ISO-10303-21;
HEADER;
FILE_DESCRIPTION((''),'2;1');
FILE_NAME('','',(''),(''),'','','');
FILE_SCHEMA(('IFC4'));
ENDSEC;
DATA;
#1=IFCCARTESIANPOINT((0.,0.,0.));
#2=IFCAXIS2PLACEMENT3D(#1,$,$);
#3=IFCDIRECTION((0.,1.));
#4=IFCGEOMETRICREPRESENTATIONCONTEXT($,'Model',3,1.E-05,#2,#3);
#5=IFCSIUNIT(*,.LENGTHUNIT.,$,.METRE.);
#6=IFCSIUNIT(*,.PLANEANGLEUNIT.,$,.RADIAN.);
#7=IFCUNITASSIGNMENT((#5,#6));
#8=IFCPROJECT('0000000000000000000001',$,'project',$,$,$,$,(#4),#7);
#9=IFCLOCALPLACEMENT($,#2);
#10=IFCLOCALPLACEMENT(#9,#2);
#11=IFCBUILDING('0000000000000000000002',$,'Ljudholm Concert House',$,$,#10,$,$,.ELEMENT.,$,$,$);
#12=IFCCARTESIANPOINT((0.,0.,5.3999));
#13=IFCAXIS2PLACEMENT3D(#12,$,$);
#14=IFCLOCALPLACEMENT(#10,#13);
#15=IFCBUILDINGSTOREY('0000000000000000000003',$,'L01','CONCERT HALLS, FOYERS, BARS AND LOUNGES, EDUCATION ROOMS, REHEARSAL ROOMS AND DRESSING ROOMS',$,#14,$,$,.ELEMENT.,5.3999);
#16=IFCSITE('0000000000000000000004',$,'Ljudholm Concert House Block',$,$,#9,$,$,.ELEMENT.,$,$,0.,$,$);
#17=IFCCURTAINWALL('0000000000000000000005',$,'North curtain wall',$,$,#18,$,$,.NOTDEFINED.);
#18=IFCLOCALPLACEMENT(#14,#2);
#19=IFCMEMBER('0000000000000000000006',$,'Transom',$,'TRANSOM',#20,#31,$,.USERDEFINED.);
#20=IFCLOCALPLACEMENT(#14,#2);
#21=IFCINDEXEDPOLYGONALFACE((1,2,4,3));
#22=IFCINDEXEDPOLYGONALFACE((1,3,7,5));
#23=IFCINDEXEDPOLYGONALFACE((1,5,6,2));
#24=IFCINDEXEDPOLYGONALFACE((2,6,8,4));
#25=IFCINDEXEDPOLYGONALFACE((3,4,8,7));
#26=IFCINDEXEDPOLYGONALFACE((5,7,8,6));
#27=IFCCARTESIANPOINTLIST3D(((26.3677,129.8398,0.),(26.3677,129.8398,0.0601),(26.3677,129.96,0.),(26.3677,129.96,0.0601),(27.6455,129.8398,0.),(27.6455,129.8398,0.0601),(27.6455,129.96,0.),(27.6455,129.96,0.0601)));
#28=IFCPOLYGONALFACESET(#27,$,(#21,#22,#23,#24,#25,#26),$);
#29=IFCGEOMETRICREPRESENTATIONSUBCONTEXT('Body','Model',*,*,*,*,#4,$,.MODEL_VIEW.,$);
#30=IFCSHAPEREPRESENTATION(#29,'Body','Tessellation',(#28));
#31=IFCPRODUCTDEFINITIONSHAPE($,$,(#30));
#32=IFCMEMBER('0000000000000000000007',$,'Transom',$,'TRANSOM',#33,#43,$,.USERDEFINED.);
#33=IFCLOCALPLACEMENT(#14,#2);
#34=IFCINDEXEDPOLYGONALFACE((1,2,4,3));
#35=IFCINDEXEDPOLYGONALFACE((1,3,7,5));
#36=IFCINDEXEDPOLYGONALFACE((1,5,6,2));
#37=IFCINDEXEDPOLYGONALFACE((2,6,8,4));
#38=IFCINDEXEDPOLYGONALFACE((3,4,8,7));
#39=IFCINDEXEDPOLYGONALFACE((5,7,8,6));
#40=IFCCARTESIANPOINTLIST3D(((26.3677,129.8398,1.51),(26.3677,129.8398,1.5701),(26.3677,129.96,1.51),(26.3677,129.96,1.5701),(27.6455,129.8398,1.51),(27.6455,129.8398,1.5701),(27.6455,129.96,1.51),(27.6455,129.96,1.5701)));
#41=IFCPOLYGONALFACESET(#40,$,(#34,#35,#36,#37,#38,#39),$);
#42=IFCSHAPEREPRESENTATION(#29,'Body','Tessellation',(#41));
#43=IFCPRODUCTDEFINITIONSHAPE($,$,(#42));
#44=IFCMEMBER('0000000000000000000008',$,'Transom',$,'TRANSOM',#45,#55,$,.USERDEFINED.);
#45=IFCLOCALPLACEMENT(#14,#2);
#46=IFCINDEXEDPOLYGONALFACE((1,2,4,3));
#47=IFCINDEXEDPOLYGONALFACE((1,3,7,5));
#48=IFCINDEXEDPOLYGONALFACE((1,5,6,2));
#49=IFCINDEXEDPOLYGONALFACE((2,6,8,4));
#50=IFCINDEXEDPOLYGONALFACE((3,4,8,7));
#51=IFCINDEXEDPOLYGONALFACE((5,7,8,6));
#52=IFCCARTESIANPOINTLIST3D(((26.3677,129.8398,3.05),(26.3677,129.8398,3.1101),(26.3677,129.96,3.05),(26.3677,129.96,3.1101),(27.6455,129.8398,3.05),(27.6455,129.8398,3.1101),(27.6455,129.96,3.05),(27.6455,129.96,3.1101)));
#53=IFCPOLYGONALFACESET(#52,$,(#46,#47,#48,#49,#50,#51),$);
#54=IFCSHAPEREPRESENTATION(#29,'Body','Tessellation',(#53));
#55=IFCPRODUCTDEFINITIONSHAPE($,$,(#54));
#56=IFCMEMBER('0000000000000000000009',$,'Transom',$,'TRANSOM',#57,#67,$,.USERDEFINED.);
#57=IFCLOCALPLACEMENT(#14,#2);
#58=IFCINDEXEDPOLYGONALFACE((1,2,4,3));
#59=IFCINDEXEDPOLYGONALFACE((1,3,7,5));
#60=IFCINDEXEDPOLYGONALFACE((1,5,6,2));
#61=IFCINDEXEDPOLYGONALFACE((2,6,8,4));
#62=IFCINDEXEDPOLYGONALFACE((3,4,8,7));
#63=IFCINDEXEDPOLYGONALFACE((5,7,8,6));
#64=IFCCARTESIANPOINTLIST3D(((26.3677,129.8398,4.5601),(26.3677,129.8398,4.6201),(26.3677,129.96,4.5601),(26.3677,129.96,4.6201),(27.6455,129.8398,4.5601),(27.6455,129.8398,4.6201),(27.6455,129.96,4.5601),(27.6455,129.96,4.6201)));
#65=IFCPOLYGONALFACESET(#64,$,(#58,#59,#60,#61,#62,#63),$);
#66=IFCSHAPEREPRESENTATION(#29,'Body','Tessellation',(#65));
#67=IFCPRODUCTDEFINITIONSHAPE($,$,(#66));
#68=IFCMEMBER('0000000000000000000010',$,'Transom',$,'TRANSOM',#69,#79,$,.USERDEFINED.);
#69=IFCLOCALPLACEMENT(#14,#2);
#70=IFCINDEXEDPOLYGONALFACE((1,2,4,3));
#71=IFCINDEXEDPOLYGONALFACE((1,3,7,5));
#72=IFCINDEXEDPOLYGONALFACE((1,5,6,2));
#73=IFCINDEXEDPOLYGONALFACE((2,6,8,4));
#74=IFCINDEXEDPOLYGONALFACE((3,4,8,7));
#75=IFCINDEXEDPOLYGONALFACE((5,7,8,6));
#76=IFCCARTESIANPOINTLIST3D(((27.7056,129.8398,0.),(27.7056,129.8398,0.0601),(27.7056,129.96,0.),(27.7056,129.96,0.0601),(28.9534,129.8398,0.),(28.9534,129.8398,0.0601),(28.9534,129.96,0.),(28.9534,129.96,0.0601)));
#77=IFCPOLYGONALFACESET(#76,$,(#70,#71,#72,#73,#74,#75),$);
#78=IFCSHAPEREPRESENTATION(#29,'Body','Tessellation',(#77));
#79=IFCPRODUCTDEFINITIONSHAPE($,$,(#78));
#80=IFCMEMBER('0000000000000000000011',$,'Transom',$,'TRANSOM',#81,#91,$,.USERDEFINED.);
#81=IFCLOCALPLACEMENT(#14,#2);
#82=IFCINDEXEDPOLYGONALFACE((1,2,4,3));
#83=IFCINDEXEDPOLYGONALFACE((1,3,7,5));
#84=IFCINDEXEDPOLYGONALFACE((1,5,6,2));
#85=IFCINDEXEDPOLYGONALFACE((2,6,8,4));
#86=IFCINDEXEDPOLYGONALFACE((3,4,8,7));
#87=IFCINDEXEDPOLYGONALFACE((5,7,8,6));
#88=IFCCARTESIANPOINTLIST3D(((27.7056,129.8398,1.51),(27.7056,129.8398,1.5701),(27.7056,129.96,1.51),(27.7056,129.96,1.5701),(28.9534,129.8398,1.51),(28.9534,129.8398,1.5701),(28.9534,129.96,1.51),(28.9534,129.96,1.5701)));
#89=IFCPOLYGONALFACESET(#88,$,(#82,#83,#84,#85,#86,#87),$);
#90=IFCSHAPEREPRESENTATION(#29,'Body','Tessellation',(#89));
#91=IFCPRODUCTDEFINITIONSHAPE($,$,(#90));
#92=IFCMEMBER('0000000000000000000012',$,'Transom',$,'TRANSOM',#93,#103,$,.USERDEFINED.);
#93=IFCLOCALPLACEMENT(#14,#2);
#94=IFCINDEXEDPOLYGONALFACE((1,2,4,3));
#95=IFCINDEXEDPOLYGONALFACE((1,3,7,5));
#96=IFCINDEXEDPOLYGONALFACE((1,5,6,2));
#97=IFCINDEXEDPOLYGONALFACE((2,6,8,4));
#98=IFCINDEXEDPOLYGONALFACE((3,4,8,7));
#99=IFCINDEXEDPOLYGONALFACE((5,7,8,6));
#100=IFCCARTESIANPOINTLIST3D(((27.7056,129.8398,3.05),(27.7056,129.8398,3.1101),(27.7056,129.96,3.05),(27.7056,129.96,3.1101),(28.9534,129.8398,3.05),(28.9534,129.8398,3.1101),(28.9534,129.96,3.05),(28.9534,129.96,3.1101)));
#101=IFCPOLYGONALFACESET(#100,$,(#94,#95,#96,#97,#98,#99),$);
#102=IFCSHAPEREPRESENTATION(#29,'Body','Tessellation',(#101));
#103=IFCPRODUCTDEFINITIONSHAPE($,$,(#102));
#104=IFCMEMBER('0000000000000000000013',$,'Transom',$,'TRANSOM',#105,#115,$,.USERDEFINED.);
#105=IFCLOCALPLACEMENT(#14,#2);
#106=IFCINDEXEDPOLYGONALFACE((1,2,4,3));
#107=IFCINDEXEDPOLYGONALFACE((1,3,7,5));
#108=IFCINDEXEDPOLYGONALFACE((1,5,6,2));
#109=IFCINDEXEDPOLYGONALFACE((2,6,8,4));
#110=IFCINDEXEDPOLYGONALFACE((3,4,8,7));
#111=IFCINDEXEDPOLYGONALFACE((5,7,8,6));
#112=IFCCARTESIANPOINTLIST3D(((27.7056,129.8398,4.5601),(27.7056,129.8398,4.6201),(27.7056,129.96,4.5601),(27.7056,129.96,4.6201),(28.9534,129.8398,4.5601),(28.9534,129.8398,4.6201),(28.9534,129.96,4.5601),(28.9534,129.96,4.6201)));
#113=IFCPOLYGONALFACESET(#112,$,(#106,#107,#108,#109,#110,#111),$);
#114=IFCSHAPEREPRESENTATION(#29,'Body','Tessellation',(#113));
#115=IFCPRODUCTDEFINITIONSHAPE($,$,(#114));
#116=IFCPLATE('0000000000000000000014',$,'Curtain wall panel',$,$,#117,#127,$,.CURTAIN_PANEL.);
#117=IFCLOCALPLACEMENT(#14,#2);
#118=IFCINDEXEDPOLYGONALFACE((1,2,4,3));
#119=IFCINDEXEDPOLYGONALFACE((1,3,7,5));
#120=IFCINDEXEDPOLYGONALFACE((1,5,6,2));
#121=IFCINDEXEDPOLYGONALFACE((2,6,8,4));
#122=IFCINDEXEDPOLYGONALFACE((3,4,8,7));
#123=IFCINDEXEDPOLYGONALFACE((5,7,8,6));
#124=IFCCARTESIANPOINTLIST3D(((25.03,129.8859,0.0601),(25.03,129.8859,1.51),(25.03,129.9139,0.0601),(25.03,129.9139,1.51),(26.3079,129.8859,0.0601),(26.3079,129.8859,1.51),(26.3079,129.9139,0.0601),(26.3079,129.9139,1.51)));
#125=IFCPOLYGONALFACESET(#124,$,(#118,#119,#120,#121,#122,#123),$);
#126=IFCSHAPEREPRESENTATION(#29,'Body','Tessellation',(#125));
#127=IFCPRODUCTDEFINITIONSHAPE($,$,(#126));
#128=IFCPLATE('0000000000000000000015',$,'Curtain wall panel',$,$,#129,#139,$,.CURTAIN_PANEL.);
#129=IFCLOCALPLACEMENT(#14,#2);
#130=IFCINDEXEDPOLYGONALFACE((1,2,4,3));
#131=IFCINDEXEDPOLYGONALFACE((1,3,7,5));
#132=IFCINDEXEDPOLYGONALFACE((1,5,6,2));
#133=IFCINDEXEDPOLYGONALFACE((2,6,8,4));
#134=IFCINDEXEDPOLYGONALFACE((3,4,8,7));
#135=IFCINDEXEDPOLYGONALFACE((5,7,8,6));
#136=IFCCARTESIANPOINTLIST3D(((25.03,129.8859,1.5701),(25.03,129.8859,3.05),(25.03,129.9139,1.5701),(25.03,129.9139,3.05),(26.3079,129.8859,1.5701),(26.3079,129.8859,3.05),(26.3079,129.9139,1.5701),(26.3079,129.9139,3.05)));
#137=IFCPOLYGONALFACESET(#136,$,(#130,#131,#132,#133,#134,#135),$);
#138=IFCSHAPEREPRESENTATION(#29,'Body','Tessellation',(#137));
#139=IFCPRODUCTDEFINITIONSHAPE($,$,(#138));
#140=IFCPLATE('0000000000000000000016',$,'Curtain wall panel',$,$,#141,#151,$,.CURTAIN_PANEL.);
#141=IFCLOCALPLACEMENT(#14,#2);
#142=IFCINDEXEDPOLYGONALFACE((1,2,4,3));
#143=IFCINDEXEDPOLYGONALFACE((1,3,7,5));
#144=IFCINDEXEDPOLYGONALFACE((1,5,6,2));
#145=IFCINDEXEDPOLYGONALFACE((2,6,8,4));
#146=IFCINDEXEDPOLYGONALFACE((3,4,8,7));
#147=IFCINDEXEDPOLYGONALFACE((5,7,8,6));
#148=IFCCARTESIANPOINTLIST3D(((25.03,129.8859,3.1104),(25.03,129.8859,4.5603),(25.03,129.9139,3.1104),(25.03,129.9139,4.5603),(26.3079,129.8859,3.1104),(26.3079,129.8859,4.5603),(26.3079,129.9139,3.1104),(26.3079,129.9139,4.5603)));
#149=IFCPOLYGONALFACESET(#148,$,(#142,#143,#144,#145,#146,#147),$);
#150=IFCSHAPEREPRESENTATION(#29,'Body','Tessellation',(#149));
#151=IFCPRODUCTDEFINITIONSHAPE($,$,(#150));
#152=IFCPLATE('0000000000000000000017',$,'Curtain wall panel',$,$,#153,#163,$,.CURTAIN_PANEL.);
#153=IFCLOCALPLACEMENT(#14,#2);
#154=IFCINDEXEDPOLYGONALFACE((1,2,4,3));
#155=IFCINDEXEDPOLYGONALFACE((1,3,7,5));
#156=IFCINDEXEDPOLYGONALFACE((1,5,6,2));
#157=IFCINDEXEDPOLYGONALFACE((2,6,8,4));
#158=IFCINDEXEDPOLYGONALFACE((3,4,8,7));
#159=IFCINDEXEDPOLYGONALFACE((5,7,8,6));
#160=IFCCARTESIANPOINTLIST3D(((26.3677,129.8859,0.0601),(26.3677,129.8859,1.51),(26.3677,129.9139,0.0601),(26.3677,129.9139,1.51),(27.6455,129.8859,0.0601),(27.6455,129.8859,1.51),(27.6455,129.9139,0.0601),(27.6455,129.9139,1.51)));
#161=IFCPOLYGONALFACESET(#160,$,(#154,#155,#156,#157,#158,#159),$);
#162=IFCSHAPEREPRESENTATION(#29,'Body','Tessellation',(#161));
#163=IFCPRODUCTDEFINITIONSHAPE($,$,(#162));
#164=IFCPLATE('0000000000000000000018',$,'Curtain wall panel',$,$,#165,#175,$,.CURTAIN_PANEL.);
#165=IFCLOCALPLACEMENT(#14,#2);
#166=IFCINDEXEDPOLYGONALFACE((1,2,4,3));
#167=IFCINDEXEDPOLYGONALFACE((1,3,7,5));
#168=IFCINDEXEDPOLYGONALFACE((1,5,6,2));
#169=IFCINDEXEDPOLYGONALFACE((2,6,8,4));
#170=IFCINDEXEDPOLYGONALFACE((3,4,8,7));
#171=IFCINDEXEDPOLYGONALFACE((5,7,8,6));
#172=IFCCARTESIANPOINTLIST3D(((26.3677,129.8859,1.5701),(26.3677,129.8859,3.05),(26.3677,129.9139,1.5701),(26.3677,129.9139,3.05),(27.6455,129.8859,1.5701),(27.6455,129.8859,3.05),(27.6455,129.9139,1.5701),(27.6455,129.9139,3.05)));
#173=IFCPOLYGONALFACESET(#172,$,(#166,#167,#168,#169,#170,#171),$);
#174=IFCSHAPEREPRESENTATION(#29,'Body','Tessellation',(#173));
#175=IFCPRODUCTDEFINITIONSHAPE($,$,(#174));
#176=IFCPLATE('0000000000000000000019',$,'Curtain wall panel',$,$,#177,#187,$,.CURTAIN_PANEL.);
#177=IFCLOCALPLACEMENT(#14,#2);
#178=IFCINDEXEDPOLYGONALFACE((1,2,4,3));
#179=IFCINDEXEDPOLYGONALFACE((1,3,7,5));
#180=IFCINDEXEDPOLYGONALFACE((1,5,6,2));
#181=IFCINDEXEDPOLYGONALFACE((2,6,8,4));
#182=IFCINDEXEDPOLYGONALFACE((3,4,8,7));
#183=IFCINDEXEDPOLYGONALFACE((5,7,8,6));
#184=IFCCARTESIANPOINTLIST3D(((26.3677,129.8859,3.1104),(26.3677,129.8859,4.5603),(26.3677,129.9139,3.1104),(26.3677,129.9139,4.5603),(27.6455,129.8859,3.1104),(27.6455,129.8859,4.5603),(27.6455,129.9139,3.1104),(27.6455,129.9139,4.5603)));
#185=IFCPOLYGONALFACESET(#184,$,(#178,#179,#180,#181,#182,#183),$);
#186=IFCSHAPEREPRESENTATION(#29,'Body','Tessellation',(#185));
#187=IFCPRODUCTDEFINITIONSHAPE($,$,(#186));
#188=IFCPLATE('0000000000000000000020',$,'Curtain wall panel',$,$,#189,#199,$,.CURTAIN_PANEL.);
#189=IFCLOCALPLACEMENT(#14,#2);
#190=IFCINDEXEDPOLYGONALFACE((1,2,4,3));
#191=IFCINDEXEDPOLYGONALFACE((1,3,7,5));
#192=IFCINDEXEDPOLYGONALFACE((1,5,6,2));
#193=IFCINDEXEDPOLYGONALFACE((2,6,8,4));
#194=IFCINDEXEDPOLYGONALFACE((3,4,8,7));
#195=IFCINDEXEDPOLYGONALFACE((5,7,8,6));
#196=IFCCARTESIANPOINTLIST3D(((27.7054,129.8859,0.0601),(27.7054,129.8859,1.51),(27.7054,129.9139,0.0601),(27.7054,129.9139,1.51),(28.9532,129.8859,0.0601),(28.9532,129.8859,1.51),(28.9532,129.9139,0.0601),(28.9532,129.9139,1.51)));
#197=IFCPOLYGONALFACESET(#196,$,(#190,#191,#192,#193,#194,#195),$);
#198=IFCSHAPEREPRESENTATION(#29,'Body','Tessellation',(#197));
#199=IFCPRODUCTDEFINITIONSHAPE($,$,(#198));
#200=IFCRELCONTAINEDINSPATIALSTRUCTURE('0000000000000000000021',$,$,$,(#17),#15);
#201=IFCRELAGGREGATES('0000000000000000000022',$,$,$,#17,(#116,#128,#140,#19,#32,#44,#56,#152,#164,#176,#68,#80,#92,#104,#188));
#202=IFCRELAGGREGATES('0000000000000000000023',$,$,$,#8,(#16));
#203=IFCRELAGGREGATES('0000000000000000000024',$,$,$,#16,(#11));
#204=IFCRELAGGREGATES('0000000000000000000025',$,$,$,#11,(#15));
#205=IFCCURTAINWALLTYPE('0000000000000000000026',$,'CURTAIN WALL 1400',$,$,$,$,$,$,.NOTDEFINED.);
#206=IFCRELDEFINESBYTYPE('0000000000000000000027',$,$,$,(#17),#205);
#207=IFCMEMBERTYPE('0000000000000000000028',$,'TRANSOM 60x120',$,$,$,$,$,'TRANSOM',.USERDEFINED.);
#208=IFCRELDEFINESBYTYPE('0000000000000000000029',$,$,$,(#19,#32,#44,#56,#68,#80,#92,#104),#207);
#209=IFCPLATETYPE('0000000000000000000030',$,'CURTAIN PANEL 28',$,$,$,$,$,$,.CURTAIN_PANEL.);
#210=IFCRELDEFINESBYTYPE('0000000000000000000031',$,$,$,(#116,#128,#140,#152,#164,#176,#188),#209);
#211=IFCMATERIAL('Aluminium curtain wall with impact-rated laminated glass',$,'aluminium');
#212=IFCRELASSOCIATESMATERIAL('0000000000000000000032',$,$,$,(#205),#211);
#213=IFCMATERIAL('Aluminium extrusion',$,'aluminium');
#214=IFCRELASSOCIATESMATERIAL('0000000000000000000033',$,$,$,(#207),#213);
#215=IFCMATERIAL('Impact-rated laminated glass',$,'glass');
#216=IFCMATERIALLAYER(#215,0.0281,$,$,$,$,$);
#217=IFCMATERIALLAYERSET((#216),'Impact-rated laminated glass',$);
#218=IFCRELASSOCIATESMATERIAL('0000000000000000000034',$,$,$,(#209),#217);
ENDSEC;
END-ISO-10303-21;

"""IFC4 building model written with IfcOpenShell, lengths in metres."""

from ifc_helpers import new_model, si_unit, direction, frame, origin, origin_2d, place, context, subcontext, project, spatial, rectangle, extrude, material, layer, layer_set, material_profile, profile_set, type_object, element, aggregate, save


model = new_model("IFC4")

# Units and contexts
model_context = context("Model", 3, precision=1e-05, world=origin(), true_north=direction((0.0, 1.0)))
body_context = subcontext(model_context, "Body", "Model", "MODEL_VIEW")
ifc_project = project(units=[si_unit("LENGTHUNIT", "METRE"), si_unit("PLANEANGLEUNIT", "RADIAN")], contexts=[model_context])

# Site, building, storey
site_placement = place(None, origin())
site = spatial("IfcSite", under=ifc_project, at=site_placement, Name="Ljudholm Concert House Block", CompositionType="ELEMENT", RefElevation=0.0)
building_placement = place(site_placement, origin())
building = spatial("IfcBuilding", under=site, at=building_placement, Name="Ljudholm Concert House", CompositionType="ELEMENT")
storey_placement = place(building_placement, frame((0.0, 0.0, 5.3999)))
storey = spatial("IfcBuildingStorey", under=building, at=storey_placement, Name="L01", Description="CONCERT HALLS, FOYERS, BARS AND LOUNGES, EDUCATION ROOMS, REHEARSAL ROOMS AND DRESSING ROOMS", CompositionType="ELEMENT", Elevation=5.3999)

# Curtain wall
ifc_material_1 = material(Name="Aluminium curtain wall with impact-rated laminated glass", Category="aluminium")
curtain_wall_type = type_object("IfcCurtainWallType", Name="CURTAIN WALL 1400", PredefinedType="NOTDEFINED", material=ifc_material_1)
curtain_wall_placement = place(storey_placement, origin())
curtain_wall = element("IfcCurtainWall", 1, at=curtain_wall_placement, inside=storey, type_object=curtain_wall_type, Name="North curtain wall", PredefinedType="NOTDEFINED")

# Members
ifc_material_2 = material(Name="Aluminium extrusion", Category="aluminium")
ifc_material_profile_1 = material_profile(ifc_material_2, rectangle(XDim=0.1201, YDim=0.0601, at=origin_2d()), Name="TRANSOM 60x120")
ifc_profile_set_1 = profile_set([ifc_material_profile_1], Name="Aluminium extrusion")
member_type_1 = type_object("IfcMemberType", Name="TRANSOM 60x120", ElementType="TRANSOM", PredefinedType="USERDEFINED", material=ifc_profile_set_1)
member_1_placement = place(storey_placement, frame((26.3677, 129.8999, 0.03), z_axis=(1.0, 0.0, 0.0), x_axis=(0.0, 1.0, 0.0)))
member_1 = element("IfcMember", 2, at=member_1_placement, type_object=member_type_1, Name="Transom", ObjectType="TRANSOM", PredefinedType="USERDEFINED", context=body_context, shape_type="SweptSolid", body=[
    extrude(rectangle(XDim=0.1201, YDim=0.0601, at=origin_2d()), origin(), (0.0, 0.0, 1.0), 1.2778),
])
member_2_placement = place(storey_placement, frame((26.3677, 129.8999, 1.54), z_axis=(1.0, 0.0, 0.0), x_axis=(0.0, 1.0, 0.0)))
member_2 = element("IfcMember", 3, at=member_2_placement, type_object=member_type_1, Name="Transom", ObjectType="TRANSOM", PredefinedType="USERDEFINED", context=body_context, shape_type="SweptSolid", body=[
    extrude(rectangle(XDim=0.1201, YDim=0.0601, at=origin_2d()), origin(), (0.0, 0.0, 1.0), 1.2778),
])
member_3_placement = place(storey_placement, frame((26.3677, 129.8999, 3.0801), z_axis=(1.0, 0.0, 0.0), x_axis=(0.0, 1.0, 0.0)))
member_3 = element("IfcMember", 4, at=member_3_placement, type_object=member_type_1, Name="Transom", ObjectType="TRANSOM", PredefinedType="USERDEFINED", context=body_context, shape_type="SweptSolid", body=[
    extrude(rectangle(XDim=0.1201, YDim=0.0601, at=origin_2d()), origin(), (0.0, 0.0, 1.0), 1.2778),
])
member_4_placement = place(storey_placement, frame((26.3677, 129.8999, 4.5901), z_axis=(1.0, 0.0, 0.0), x_axis=(0.0, 1.0, 0.0)))
member_4 = element("IfcMember", 5, at=member_4_placement, type_object=member_type_1, Name="Transom", ObjectType="TRANSOM", PredefinedType="USERDEFINED", context=body_context, shape_type="SweptSolid", body=[
    extrude(rectangle(XDim=0.1201, YDim=0.0601, at=origin_2d()), origin(), (0.0, 0.0, 1.0), 1.2778),
])
member_5_placement = place(storey_placement, frame((27.7056, 129.8999, 0.03), z_axis=(1.0, 0.0, 0.0), x_axis=(0.0, 1.0, 0.0)))
member_5 = element("IfcMember", 6, at=member_5_placement, type_object=member_type_1, Name="Transom", ObjectType="TRANSOM", PredefinedType="USERDEFINED", context=body_context, shape_type="SweptSolid", body=[
    extrude(rectangle(XDim=0.1201, YDim=0.0601, at=origin_2d()), origin(), (0.0, 0.0, 1.0), 1.2478),
])
member_6_placement = place(storey_placement, frame((27.7056, 129.8999, 1.54), z_axis=(1.0, 0.0, 0.0), x_axis=(0.0, 1.0, 0.0)))
member_6 = element("IfcMember", 7, at=member_6_placement, type_object=member_type_1, Name="Transom", ObjectType="TRANSOM", PredefinedType="USERDEFINED", context=body_context, shape_type="SweptSolid", body=[
    extrude(rectangle(XDim=0.1201, YDim=0.0601, at=origin_2d()), origin(), (0.0, 0.0, 1.0), 1.2478),
])
member_7_placement = place(storey_placement, frame((27.7056, 129.8999, 3.0801), z_axis=(1.0, 0.0, 0.0), x_axis=(0.0, 1.0, 0.0)))
member_7 = element("IfcMember", 8, at=member_7_placement, type_object=member_type_1, Name="Transom", ObjectType="TRANSOM", PredefinedType="USERDEFINED", context=body_context, shape_type="SweptSolid", body=[
    extrude(rectangle(XDim=0.1201, YDim=0.0601, at=origin_2d()), origin(), (0.0, 0.0, 1.0), 1.2478),
])
member_8_placement = place(storey_placement, frame((27.7056, 129.8999, 4.5901), z_axis=(1.0, 0.0, 0.0), x_axis=(0.0, 1.0, 0.0)))
member_8 = element("IfcMember", 9, at=member_8_placement, type_object=member_type_1, Name="Transom", ObjectType="TRANSOM", PredefinedType="USERDEFINED", context=body_context, shape_type="SweptSolid", body=[
    extrude(rectangle(XDim=0.1201, YDim=0.0601, at=origin_2d()), origin(), (0.0, 0.0, 1.0), 1.2478),
])

# Plates
ifc_material_3 = material(Name="Impact-rated laminated glass", Category="glass")
ifc_layer = layer(ifc_material_3, 0.0281)
ifc_layer_set = layer_set([ifc_layer], Name="Impact-rated laminated glass")
plate_type = type_object("IfcPlateType", Name="CURTAIN PANEL 28", PredefinedType="CURTAIN_PANEL", material=ifc_layer_set)
plate_1_placement = place(storey_placement, frame((25.6689, 129.8999, 0.0601), z_axis=(0.0, 0.0, 1.0), x_axis=(1.0, 0.0, 0.0)))
plate_1 = element("IfcPlate", 10, at=plate_1_placement, type_object=plate_type, Name="Curtain wall panel", PredefinedType="CURTAIN_PANEL", context=body_context, shape_type="SweptSolid", body=[
    extrude(rectangle(XDim=1.2778, YDim=0.0281, at=origin_2d()), origin(), (0.0, 0.0, 1.0), 1.45),
])
plate_2_placement = place(storey_placement, frame((25.6689, 129.8999, 1.5701), z_axis=(0.0, 0.0, 1.0), x_axis=(1.0, 0.0, 0.0)))
plate_2 = element("IfcPlate", 11, at=plate_2_placement, type_object=plate_type, Name="Curtain wall panel", PredefinedType="CURTAIN_PANEL", context=body_context, shape_type="SweptSolid", body=[
    extrude(rectangle(XDim=1.2778, YDim=0.0281, at=origin_2d()), origin(), (0.0, 0.0, 1.0), 1.48),
])
plate_3_placement = place(storey_placement, frame((25.6689, 129.8999, 3.1104), z_axis=(0.0, 0.0, 1.0), x_axis=(1.0, 0.0, 0.0)))
plate_3 = element("IfcPlate", 12, at=plate_3_placement, type_object=plate_type, Name="Curtain wall panel", PredefinedType="CURTAIN_PANEL", context=body_context, shape_type="SweptSolid", body=[
    extrude(rectangle(XDim=1.2778, YDim=0.0281, at=origin_2d()), origin(), (0.0, 0.0, 1.0), 1.45),
])
plate_4_placement = place(storey_placement, frame((27.0066, 129.8999, 0.0601), z_axis=(0.0, 0.0, 1.0), x_axis=(1.0, 0.0, 0.0)))
plate_4 = element("IfcPlate", 13, at=plate_4_placement, type_object=plate_type, Name="Curtain wall panel", PredefinedType="CURTAIN_PANEL", context=body_context, shape_type="SweptSolid", body=[
    extrude(rectangle(XDim=1.2778, YDim=0.0281, at=origin_2d()), origin(), (0.0, 0.0, 1.0), 1.45),
])
plate_5_placement = place(storey_placement, frame((27.0066, 129.8999, 1.5701), z_axis=(0.0, 0.0, 1.0), x_axis=(1.0, 0.0, 0.0)))
plate_5 = element("IfcPlate", 14, at=plate_5_placement, type_object=plate_type, Name="Curtain wall panel", PredefinedType="CURTAIN_PANEL", context=body_context, shape_type="SweptSolid", body=[
    extrude(rectangle(XDim=1.2778, YDim=0.0281, at=origin_2d()), origin(), (0.0, 0.0, 1.0), 1.48),
])
plate_6_placement = place(storey_placement, frame((27.0066, 129.8999, 3.1104), z_axis=(0.0, 0.0, 1.0), x_axis=(1.0, 0.0, 0.0)))
plate_6 = element("IfcPlate", 15, at=plate_6_placement, type_object=plate_type, Name="Curtain wall panel", PredefinedType="CURTAIN_PANEL", context=body_context, shape_type="SweptSolid", body=[
    extrude(rectangle(XDim=1.2778, YDim=0.0281, at=origin_2d()), origin(), (0.0, 0.0, 1.0), 1.45),
])
plate_7_placement = place(storey_placement, frame((28.3293, 129.8999, 0.0601), z_axis=(0.0, 0.0, 1.0), x_axis=(1.0, 0.0, 0.0)))
plate_7 = element("IfcPlate", 16, at=plate_7_placement, type_object=plate_type, Name="Curtain wall panel", PredefinedType="CURTAIN_PANEL", context=body_context, shape_type="SweptSolid", body=[
    extrude(rectangle(XDim=1.2478, YDim=0.0281, at=origin_2d()), origin(), (0.0, 0.0, 1.0), 1.45),
])
aggregate(curtain_wall, [plate_1, plate_2, plate_3, member_1, member_2, member_3, member_4, plate_4, plate_5, plate_6, member_5, member_6, member_7, member_8, plate_7])

save(model, "model.ifc")
